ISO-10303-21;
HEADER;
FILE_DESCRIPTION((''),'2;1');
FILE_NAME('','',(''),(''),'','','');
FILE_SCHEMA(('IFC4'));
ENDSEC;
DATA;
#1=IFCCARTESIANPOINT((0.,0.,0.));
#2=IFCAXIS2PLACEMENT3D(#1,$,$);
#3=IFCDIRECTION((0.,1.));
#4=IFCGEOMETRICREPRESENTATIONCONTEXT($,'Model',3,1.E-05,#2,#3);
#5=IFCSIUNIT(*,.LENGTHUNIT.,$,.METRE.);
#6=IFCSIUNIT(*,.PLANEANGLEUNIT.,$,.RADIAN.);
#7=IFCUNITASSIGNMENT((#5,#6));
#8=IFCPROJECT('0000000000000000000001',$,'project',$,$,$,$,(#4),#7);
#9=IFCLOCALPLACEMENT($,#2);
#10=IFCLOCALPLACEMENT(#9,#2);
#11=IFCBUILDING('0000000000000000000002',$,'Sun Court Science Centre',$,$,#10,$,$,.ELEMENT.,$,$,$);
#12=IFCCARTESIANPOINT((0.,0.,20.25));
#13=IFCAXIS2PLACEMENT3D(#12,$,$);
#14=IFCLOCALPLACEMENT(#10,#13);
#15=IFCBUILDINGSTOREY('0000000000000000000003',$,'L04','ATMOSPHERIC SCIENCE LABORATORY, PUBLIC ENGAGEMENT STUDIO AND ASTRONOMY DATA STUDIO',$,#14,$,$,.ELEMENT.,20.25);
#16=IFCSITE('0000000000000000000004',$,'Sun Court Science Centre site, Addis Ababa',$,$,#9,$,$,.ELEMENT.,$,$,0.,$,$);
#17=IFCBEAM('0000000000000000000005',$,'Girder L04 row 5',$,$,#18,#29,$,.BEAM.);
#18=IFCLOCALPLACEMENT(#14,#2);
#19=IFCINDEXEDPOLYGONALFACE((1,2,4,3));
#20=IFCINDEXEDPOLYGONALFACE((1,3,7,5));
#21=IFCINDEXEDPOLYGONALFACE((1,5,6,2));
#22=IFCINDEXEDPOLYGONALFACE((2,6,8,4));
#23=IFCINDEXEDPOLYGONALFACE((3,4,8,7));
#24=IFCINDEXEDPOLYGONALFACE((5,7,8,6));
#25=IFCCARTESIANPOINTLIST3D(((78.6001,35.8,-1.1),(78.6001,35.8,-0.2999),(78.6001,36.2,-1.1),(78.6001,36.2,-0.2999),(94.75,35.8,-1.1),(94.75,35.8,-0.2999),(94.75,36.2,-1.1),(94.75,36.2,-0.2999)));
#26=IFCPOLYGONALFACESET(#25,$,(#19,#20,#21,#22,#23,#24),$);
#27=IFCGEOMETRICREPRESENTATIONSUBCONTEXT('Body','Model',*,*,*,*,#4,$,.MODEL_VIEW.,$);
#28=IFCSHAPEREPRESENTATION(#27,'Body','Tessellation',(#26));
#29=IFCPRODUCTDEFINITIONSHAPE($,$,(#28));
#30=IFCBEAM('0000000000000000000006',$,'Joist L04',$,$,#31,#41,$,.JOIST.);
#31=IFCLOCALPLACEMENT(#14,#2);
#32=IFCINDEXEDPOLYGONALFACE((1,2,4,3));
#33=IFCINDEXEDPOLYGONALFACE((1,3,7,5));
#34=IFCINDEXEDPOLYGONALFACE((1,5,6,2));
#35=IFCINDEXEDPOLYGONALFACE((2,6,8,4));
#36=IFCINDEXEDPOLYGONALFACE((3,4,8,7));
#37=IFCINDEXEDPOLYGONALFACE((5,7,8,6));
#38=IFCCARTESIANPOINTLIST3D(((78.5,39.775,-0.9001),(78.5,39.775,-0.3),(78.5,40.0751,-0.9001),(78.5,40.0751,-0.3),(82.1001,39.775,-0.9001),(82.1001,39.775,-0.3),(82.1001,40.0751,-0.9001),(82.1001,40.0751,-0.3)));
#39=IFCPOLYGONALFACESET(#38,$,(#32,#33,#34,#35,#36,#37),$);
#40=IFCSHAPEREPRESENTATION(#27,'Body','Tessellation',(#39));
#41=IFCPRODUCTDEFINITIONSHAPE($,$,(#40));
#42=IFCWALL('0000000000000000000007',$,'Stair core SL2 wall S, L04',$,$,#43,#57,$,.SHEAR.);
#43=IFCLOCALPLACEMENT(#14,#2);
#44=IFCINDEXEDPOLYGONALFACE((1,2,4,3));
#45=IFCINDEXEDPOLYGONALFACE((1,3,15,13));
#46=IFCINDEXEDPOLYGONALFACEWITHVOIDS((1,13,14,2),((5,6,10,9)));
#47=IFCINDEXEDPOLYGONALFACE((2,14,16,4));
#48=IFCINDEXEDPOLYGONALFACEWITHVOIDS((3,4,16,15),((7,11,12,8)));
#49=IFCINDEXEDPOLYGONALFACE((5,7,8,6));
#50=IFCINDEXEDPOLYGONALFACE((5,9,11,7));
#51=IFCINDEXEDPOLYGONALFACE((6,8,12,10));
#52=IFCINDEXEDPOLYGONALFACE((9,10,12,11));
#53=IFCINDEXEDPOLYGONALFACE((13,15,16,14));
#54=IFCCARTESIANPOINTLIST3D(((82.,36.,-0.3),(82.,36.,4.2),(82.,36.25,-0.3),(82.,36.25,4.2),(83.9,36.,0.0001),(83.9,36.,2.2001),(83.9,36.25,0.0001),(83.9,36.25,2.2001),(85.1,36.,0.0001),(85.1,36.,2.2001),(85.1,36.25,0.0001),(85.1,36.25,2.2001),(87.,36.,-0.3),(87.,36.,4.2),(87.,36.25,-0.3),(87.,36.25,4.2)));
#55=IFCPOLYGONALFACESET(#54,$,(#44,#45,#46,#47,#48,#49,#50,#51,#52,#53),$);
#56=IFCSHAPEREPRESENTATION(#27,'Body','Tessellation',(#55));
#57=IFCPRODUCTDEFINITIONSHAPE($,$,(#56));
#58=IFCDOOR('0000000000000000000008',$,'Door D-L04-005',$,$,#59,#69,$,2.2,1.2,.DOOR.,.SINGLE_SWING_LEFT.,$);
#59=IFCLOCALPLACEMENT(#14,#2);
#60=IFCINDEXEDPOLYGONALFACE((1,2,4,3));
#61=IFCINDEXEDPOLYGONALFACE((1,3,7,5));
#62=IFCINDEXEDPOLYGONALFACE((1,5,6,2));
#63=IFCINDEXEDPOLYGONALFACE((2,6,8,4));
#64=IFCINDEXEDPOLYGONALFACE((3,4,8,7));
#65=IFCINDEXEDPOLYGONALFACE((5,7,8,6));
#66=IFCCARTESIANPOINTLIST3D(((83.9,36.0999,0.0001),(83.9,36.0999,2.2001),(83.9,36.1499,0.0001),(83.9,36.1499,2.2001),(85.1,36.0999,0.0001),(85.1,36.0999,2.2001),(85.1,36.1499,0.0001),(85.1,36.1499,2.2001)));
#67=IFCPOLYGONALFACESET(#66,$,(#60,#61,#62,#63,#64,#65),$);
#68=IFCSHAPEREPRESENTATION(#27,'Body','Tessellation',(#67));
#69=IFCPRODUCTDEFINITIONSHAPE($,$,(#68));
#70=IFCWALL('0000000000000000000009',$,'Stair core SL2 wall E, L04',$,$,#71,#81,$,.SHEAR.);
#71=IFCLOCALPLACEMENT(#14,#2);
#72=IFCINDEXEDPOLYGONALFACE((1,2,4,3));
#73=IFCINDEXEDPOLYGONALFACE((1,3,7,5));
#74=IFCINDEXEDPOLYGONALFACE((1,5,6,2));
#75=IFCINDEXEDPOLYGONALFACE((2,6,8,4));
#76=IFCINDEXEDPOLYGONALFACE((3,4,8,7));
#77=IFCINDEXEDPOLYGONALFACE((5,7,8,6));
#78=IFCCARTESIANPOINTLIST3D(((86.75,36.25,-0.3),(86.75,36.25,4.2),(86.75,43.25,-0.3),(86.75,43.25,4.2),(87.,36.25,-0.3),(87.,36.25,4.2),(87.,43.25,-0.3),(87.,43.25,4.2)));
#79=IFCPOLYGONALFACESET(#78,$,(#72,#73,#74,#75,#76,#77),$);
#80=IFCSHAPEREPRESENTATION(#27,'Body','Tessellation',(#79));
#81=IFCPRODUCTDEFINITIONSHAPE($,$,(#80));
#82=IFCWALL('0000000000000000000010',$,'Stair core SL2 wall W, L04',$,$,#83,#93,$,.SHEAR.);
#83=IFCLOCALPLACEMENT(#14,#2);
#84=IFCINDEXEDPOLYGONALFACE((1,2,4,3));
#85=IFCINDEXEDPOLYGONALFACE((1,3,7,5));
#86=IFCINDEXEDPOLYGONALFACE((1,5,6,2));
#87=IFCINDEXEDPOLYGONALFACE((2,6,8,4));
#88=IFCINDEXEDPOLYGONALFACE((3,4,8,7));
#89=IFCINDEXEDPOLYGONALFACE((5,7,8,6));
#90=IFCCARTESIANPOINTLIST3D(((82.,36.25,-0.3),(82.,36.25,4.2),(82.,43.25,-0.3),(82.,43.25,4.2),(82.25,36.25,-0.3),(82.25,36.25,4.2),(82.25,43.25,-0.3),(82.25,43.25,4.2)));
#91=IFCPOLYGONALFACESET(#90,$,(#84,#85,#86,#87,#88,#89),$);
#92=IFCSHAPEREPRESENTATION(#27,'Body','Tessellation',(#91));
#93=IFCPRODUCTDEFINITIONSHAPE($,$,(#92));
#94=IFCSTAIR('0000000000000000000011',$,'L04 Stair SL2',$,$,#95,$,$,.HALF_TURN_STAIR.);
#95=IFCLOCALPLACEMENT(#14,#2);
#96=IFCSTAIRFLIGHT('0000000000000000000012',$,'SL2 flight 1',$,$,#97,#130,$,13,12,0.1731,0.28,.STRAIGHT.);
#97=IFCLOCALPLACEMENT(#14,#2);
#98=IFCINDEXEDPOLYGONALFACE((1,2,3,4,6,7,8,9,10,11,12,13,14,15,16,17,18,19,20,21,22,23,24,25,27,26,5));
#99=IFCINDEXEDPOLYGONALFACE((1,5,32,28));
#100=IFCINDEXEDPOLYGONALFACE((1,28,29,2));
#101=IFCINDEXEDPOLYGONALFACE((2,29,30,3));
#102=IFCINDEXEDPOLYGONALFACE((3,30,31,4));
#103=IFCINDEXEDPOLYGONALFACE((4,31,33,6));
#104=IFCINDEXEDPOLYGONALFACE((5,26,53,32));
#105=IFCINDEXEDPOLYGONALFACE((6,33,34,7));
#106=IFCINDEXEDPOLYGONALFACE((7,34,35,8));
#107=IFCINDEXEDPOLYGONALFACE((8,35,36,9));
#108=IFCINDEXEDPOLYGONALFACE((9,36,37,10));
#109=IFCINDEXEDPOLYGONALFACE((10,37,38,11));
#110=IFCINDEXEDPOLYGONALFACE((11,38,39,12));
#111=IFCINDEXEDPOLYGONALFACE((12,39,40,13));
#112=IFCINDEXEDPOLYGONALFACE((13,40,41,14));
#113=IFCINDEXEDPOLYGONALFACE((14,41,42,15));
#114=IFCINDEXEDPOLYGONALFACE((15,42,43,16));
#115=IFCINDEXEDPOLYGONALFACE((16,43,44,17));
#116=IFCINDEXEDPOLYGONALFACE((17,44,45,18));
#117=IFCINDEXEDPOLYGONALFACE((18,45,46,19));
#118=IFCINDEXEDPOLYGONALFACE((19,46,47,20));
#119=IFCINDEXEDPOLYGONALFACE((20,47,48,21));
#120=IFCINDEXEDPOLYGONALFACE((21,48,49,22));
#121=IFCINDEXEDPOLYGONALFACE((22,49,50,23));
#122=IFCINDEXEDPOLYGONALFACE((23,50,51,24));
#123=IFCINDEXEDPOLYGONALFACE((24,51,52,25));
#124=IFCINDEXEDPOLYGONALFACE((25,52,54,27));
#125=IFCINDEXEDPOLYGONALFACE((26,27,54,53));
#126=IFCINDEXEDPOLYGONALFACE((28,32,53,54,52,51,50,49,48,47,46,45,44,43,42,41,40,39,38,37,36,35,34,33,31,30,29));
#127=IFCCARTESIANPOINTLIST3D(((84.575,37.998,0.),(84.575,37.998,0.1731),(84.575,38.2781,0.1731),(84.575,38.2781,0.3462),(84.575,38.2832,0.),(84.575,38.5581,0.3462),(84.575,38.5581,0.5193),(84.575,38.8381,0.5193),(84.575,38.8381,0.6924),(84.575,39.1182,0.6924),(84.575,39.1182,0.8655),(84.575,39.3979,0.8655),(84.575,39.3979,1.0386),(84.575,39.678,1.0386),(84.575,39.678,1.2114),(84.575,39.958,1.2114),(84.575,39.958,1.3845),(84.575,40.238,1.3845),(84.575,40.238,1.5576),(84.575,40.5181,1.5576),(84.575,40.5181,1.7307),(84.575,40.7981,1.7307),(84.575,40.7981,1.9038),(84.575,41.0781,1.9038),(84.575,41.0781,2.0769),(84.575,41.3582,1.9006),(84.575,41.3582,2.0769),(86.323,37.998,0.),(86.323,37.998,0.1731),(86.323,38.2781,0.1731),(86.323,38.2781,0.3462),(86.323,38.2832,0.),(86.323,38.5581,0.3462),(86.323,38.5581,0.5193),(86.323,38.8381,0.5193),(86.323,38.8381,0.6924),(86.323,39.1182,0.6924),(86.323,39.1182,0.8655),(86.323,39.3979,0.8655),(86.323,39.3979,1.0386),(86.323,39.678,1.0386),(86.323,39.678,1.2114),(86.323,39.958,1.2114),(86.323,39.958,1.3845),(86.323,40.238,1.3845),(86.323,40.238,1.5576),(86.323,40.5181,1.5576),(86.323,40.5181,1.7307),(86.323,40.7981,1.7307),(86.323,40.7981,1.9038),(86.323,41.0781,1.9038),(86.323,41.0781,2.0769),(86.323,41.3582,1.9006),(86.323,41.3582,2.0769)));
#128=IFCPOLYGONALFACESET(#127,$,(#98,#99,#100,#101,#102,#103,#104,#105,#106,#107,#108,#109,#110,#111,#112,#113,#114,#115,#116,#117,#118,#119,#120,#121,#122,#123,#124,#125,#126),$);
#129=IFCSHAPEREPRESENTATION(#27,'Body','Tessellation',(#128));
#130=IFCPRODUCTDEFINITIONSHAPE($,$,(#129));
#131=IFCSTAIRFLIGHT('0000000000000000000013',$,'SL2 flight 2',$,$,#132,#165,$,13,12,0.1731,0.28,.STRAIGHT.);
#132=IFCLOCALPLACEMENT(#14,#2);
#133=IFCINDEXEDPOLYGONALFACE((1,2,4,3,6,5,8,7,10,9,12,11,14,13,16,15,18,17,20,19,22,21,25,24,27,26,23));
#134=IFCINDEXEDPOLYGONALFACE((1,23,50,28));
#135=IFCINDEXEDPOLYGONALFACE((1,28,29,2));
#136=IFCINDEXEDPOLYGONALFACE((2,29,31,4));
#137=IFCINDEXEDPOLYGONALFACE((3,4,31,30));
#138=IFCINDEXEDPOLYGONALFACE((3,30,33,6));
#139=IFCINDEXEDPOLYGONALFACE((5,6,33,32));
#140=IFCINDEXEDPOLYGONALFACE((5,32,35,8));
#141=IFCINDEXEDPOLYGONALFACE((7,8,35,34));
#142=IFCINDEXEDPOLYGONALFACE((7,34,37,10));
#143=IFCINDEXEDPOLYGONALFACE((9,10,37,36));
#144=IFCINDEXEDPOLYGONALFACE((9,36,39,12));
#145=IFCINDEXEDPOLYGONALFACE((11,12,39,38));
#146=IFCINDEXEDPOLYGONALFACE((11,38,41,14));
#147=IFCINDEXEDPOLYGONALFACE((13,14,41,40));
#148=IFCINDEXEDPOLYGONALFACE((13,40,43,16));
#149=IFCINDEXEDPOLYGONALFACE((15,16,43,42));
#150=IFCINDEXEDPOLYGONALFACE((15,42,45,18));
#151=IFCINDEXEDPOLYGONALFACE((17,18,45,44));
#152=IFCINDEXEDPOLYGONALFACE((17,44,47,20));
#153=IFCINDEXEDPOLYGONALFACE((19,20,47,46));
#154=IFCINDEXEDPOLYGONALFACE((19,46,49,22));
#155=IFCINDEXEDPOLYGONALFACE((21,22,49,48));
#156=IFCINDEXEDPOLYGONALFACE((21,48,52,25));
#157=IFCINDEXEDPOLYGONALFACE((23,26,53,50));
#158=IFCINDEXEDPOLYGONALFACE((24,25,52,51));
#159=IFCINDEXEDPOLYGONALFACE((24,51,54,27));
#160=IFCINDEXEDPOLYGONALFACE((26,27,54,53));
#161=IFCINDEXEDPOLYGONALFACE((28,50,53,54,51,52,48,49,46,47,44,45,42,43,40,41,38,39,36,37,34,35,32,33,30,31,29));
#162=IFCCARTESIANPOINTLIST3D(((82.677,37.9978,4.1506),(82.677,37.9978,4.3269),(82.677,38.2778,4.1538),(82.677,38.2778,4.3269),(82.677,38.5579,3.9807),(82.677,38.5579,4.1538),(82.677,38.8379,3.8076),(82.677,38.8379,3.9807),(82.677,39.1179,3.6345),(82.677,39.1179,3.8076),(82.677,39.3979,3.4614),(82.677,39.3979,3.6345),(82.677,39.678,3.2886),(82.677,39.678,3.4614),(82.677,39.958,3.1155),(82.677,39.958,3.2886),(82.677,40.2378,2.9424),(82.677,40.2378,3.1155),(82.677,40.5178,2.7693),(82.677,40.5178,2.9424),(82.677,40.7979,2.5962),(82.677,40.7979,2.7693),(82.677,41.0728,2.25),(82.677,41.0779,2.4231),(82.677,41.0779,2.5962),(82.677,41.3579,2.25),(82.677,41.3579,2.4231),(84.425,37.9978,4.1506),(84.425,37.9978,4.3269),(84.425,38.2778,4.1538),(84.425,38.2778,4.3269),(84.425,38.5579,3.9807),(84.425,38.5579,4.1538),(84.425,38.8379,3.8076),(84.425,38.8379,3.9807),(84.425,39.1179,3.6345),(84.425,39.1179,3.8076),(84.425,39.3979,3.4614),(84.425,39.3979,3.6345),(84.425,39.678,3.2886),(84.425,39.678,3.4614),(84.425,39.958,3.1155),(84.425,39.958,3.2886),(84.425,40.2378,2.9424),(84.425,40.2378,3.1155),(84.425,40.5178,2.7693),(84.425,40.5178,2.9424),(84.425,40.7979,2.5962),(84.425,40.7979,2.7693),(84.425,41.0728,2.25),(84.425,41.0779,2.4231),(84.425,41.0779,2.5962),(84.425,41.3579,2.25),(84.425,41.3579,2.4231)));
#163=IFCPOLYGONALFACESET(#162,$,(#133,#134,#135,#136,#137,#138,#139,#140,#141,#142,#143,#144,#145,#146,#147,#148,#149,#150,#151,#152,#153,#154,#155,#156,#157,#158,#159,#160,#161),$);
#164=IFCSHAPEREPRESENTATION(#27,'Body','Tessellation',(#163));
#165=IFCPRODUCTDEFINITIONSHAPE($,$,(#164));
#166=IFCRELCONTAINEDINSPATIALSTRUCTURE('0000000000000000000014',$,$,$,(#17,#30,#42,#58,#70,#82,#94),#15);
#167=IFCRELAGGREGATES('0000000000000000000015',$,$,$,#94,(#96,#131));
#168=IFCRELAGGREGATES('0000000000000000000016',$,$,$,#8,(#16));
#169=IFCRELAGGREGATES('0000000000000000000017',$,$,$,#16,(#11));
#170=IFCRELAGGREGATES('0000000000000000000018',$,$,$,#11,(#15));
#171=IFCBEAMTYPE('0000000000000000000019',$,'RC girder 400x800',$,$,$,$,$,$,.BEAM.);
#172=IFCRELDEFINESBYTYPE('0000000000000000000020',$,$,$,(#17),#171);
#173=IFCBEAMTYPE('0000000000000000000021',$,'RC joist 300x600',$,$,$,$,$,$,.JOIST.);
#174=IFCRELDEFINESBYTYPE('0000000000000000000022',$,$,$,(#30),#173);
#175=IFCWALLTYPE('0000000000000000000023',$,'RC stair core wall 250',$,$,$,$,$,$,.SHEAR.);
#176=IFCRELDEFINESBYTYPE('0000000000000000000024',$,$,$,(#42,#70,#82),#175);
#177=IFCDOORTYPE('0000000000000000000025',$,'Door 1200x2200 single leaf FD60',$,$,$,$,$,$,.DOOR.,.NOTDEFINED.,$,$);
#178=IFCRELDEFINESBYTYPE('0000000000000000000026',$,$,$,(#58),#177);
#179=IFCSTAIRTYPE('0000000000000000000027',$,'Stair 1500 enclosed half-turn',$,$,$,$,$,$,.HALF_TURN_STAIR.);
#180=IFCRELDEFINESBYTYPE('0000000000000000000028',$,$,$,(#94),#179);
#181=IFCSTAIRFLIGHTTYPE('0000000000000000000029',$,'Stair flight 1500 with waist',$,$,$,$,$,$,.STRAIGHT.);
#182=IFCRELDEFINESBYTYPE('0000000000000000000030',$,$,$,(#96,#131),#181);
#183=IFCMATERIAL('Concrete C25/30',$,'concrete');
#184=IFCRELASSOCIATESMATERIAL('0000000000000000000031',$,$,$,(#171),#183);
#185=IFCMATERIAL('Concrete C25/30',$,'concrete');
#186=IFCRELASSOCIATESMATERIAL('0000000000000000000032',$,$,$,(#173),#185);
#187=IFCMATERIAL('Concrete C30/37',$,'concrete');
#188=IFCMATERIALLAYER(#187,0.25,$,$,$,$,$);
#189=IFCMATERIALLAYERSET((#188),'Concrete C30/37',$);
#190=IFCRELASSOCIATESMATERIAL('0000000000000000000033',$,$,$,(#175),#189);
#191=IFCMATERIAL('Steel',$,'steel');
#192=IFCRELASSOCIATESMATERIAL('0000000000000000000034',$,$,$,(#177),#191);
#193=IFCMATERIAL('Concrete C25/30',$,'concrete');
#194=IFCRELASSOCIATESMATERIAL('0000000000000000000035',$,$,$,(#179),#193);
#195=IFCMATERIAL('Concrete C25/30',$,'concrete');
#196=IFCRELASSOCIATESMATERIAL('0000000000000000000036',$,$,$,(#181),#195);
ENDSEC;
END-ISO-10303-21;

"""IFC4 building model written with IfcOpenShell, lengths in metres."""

from ifc_helpers import new_model, si_unit, direction, frame, frame_2d, origin, origin_2d, place, context, subcontext, project, spatial, polyline, rectangle, outline, extrude, material, layer, layer_set, material_profile, profile_set, type_object, element, fill, aggregate, save


model = new_model("IFC4")

# Units and contexts
model_context = context("Model", 3, precision=1e-05, world=origin(), true_north=direction((0.0, 1.0)))
body_context = subcontext(model_context, "Body", "Model", "MODEL_VIEW")
ifc_project = project(units=[si_unit("LENGTHUNIT", "METRE"), si_unit("PLANEANGLEUNIT", "RADIAN")], contexts=[model_context])

# Site, building, storey
site_placement = place(None, origin())
site = spatial("IfcSite", under=ifc_project, at=site_placement, Name="Sun Court Science Centre site, Addis Ababa", CompositionType="ELEMENT", RefElevation=0.0)
building_placement = place(site_placement, origin())
building = spatial("IfcBuilding", under=site, at=building_placement, Name="Sun Court Science Centre", CompositionType="ELEMENT")
storey_placement = place(building_placement, frame((0.0, 0.0, 20.25)))
storey = spatial("IfcBuildingStorey", under=building, at=storey_placement, Name="L04", Description="ATMOSPHERIC SCIENCE LABORATORY, PUBLIC ENGAGEMENT STUDIO AND ASTRONOMY DATA STUDIO", CompositionType="ELEMENT", Elevation=20.25)

# Beams
ifc_material_1 = material(Name="Concrete C25/30", Category="concrete")
ifc_material_profile_1 = material_profile(ifc_material_1, rectangle(XDim=0.3999, YDim=0.8, at=origin_2d()), Name="RC 400x800")
ifc_profile_set_1 = profile_set([ifc_material_profile_1], Name="Concrete C25/30")
beam_type_1 = type_object("IfcBeamType", Name="RC girder 400x800", PredefinedType="BEAM", material=ifc_profile_set_1)
beam_1_placement = place(storey_placement, frame((78.6001, 36.0, -0.7), z_axis=(1.0, 0.0, 0.0), x_axis=(0.0, 1.0, 0.0)))
element("IfcBeam", 1, at=beam_1_placement, inside=storey, type_object=beam_type_1, Name="Girder L04 row 5", PredefinedType="BEAM", context=body_context, shape_type="SweptSolid", body=[
    extrude(rectangle(XDim=0.3999, YDim=0.8, at=origin_2d()), origin(), (0.0, 0.0, 1.0), 16.1499),
])
ifc_material_2 = material(Name="Concrete C25/30", Category="concrete")
ifc_material_profile_2 = material_profile(ifc_material_2, rectangle(XDim=0.3, YDim=0.6001, at=origin_2d()), Name="RC 300x600")
ifc_profile_set_2 = profile_set([ifc_material_profile_2], Name="Concrete C25/30")
beam_type_2 = type_object("IfcBeamType", Name="RC joist 300x600", PredefinedType="JOIST", material=ifc_profile_set_2)
beam_2_placement = place(storey_placement, frame((78.5, 39.925, -0.6001), z_axis=(1.0, 0.0, 0.0), x_axis=(0.0, 1.0, 0.0)))
element("IfcBeam", 2, at=beam_2_placement, inside=storey, type_object=beam_type_2, Name="Joist L04", PredefinedType="JOIST", context=body_context, shape_type="SweptSolid", body=[
    extrude(rectangle(XDim=0.3, YDim=0.6001, at=origin_2d()), origin(), (0.0, 0.0, 1.0), 3.6001),
])

# Wall, opening, door
ifc_material_3 = material(Name="Concrete C30/37", Category="concrete")
ifc_layer = layer(ifc_material_3, 0.25)
ifc_layer_set = layer_set([ifc_layer], Name="Concrete C30/37")
wall_type = type_object("IfcWallType", Name="RC stair core wall 250", PredefinedType="SHEAR", material=ifc_layer_set)
wall_placement = place(storey_placement, frame((82.0, 36.125, -0.3), z_axis=(0.0, 0.0, 1.0), x_axis=(1.0, 0.0, 0.0)))
wall = element("IfcWall", 3, at=wall_placement, inside=storey, type_object=wall_type, Name="Stair core SL2 wall S, L04", PredefinedType="SHEAR", context=body_context, shape_type="SweptSolid", body=[
    extrude(rectangle(XDim=5.0, YDim=0.25, at=frame_2d((2.5, 0.0))), origin(), (0.0, 0.0, 1.0), 4.5),
])
opening_placement = place(wall_placement, frame((1.8999, 0.0, 0.3)))
opening = element("IfcOpeningElement", 4, at=opening_placement, cuts=wall, PredefinedType="OPENING", context=body_context, shape_type="SweptSolid", body=[
    extrude(rectangle(XDim=1.2, YDim=2.2, at=frame_2d((0.6001, 1.1001))), frame((0.0, 0.135, 0.0), z_axis=(0.0, -1.0, 0.0), x_axis=(1.0, 0.0, 0.0)), (0.0, 0.0, 1.0), 0.27),
])
ifc_material_4 = material(Name="Steel", Category="steel")
door_type = type_object("IfcDoorType", Name="Door 1200x2200 single leaf FD60", OperationType="NOTDEFINED", PredefinedType="DOOR", material=ifc_material_4)
door_placement = place(opening_placement, origin())
door = element("IfcDoor", 5, at=door_placement, inside=storey, type_object=door_type, Name="Door D-L04-005", OperationType="SINGLE_SWING_LEFT", OverallHeight=2.2, OverallWidth=1.2, PredefinedType="DOOR", context=body_context, shape_type="SweptSolid", body=[
    extrude(rectangle(XDim=1.2, YDim=2.2, at=frame_2d((0.6001, 1.1001))), frame((0.0, 0.0249, 0.0), z_axis=(0.0, -1.0, 0.0), x_axis=(1.0, 0.0, 0.0)), (0.0, 0.0, 1.0), 0.05),
])
fill(opening, door)

# Walls
for number, where, z_axis, x_axis, name in (
    (6, (86.875, 36.25, -0.3), (0.0, 0.0, 1.0), (0.0, 1.0, 0.0), "Stair core SL2 wall E, L04"),
    (7, (82.125, 36.25, -0.3), (0.0, 0.0, 1.0), (0.0, 1.0, 0.0), "Stair core SL2 wall W, L04"),
):
    element("IfcWall", number, at=place(storey_placement, frame(where, z_axis=z_axis, x_axis=x_axis)), inside=storey, type_object=wall_type, Name=name, PredefinedType="SHEAR", context=body_context, shape_type="SweptSolid", body=[
        extrude(rectangle(XDim=7.0, YDim=0.25, at=frame_2d((3.5, 0.0))), origin(), (0.0, 0.0, 1.0), 4.5),
    ])

# Stair, stair flights
ifc_material_5 = material(Name="Concrete C25/30", Category="concrete")
stair_type = type_object("IfcStairType", Name="Stair 1500 enclosed half-turn", PredefinedType="HALF_TURN_STAIR", material=ifc_material_5)
stair_placement = place(storey_placement, origin())
stair = element("IfcStair", 8, at=stair_placement, inside=storey, type_object=stair_type, Name="L04 Stair SL2", PredefinedType="HALF_TURN_STAIR")
ifc_material_6 = material(Name="Concrete C25/30", Category="concrete")
stair_flight_type = type_object("IfcStairFlightType", Name="Stair flight 1500 with waist", PredefinedType="STRAIGHT", material=ifc_material_6)
stair_flight_1_placement = place(storey_placement, frame((85.449, 37.998, 0.0), z_axis=(0.0, 0.0, 1.0), x_axis=(0.0, 1.0, 0.0)))
stair_flight_1 = element("IfcStairFlight", 9, at=stair_flight_1_placement, type_object=stair_flight_type, Name="SL2 flight 1", NumberOfRisers=13, NumberOfTreads=12, PredefinedType="STRAIGHT", RiserHeight=0.1731, TreadLength=0.28, context=body_context, shape_type="SweptSolid", body=[
    extrude(outline(polyline([(0.0, 0.0), (0.0, 0.1731), (0.28, 0.1731), (0.28, 0.3462), (0.5601, 0.3462), (0.5601, 0.5193), (0.8401, 0.5193), (0.8401, 0.6924), (1.1201, 0.6924), (1.1201, 0.8655), (1.3999, 0.8655), (1.3999, 1.0386), (1.6799, 1.0386), (1.6799, 1.2114), (1.96, 1.2114), (1.96, 1.3845), (2.24, 1.3845), (2.24, 1.5576), (2.52, 1.5576), (2.52, 1.7307), (2.8, 1.7307), (2.8, 1.9038), (3.0801, 1.9038), (3.0801, 2.0769), (3.3601, 2.0769), (3.3601, 2.25), (3.3601, 1.9006), (0.2852, 0.0), (0.0, 0.0)])), frame((0.0, 0.874, 0.0), z_axis=(0.0, -1.0, 0.0), x_axis=(1.0, 0.0, 0.0)), (0.0, 0.0, 1.0), 1.748),
])
stair_flight_2_placement = place(storey_placement, frame((83.551, 41.3579, 2.25), z_axis=(0.0, 0.0, 1.0), x_axis=(0.0, -1.0, 0.0)))
stair_flight_2 = element("IfcStairFlight", 10, at=stair_flight_2_placement, type_object=stair_flight_type, Name="SL2 flight 2", NumberOfRisers=13, NumberOfTreads=12, PredefinedType="STRAIGHT", RiserHeight=0.1731, TreadLength=0.28, context=body_context, shape_type="SweptSolid", body=[
    extrude(outline(polyline([(0.0, 0.0), (0.0, 0.1731), (0.28, 0.1731), (0.28, 0.3462), (0.5601, 0.3462), (0.5601, 0.5193), (0.8401, 0.5193), (0.8401, 0.6924), (1.1201, 0.6924), (1.1201, 0.8655), (1.3999, 0.8655), (1.3999, 1.0386), (1.6799, 1.0386), (1.6799, 1.2114), (1.96, 1.2114), (1.96, 1.3845), (2.24, 1.3845), (2.24, 1.5576), (2.52, 1.5576), (2.52, 1.7307), (2.8, 1.7307), (2.8, 1.9038), (3.0801, 1.9038), (3.0801, 2.0769), (3.3601, 2.0769), (3.3601, 2.25), (3.3601, 1.9006), (0.2852, 0.0), (0.0, 0.0)])), frame((0.0, 0.874, 0.0), z_axis=(0.0, -1.0, 0.0), x_axis=(1.0, 0.0, 0.0)), (0.0, 0.0, 1.0), 1.748),
])
aggregate(stair, [stair_flight_1, stair_flight_2])

save(model, "model.ifc")
